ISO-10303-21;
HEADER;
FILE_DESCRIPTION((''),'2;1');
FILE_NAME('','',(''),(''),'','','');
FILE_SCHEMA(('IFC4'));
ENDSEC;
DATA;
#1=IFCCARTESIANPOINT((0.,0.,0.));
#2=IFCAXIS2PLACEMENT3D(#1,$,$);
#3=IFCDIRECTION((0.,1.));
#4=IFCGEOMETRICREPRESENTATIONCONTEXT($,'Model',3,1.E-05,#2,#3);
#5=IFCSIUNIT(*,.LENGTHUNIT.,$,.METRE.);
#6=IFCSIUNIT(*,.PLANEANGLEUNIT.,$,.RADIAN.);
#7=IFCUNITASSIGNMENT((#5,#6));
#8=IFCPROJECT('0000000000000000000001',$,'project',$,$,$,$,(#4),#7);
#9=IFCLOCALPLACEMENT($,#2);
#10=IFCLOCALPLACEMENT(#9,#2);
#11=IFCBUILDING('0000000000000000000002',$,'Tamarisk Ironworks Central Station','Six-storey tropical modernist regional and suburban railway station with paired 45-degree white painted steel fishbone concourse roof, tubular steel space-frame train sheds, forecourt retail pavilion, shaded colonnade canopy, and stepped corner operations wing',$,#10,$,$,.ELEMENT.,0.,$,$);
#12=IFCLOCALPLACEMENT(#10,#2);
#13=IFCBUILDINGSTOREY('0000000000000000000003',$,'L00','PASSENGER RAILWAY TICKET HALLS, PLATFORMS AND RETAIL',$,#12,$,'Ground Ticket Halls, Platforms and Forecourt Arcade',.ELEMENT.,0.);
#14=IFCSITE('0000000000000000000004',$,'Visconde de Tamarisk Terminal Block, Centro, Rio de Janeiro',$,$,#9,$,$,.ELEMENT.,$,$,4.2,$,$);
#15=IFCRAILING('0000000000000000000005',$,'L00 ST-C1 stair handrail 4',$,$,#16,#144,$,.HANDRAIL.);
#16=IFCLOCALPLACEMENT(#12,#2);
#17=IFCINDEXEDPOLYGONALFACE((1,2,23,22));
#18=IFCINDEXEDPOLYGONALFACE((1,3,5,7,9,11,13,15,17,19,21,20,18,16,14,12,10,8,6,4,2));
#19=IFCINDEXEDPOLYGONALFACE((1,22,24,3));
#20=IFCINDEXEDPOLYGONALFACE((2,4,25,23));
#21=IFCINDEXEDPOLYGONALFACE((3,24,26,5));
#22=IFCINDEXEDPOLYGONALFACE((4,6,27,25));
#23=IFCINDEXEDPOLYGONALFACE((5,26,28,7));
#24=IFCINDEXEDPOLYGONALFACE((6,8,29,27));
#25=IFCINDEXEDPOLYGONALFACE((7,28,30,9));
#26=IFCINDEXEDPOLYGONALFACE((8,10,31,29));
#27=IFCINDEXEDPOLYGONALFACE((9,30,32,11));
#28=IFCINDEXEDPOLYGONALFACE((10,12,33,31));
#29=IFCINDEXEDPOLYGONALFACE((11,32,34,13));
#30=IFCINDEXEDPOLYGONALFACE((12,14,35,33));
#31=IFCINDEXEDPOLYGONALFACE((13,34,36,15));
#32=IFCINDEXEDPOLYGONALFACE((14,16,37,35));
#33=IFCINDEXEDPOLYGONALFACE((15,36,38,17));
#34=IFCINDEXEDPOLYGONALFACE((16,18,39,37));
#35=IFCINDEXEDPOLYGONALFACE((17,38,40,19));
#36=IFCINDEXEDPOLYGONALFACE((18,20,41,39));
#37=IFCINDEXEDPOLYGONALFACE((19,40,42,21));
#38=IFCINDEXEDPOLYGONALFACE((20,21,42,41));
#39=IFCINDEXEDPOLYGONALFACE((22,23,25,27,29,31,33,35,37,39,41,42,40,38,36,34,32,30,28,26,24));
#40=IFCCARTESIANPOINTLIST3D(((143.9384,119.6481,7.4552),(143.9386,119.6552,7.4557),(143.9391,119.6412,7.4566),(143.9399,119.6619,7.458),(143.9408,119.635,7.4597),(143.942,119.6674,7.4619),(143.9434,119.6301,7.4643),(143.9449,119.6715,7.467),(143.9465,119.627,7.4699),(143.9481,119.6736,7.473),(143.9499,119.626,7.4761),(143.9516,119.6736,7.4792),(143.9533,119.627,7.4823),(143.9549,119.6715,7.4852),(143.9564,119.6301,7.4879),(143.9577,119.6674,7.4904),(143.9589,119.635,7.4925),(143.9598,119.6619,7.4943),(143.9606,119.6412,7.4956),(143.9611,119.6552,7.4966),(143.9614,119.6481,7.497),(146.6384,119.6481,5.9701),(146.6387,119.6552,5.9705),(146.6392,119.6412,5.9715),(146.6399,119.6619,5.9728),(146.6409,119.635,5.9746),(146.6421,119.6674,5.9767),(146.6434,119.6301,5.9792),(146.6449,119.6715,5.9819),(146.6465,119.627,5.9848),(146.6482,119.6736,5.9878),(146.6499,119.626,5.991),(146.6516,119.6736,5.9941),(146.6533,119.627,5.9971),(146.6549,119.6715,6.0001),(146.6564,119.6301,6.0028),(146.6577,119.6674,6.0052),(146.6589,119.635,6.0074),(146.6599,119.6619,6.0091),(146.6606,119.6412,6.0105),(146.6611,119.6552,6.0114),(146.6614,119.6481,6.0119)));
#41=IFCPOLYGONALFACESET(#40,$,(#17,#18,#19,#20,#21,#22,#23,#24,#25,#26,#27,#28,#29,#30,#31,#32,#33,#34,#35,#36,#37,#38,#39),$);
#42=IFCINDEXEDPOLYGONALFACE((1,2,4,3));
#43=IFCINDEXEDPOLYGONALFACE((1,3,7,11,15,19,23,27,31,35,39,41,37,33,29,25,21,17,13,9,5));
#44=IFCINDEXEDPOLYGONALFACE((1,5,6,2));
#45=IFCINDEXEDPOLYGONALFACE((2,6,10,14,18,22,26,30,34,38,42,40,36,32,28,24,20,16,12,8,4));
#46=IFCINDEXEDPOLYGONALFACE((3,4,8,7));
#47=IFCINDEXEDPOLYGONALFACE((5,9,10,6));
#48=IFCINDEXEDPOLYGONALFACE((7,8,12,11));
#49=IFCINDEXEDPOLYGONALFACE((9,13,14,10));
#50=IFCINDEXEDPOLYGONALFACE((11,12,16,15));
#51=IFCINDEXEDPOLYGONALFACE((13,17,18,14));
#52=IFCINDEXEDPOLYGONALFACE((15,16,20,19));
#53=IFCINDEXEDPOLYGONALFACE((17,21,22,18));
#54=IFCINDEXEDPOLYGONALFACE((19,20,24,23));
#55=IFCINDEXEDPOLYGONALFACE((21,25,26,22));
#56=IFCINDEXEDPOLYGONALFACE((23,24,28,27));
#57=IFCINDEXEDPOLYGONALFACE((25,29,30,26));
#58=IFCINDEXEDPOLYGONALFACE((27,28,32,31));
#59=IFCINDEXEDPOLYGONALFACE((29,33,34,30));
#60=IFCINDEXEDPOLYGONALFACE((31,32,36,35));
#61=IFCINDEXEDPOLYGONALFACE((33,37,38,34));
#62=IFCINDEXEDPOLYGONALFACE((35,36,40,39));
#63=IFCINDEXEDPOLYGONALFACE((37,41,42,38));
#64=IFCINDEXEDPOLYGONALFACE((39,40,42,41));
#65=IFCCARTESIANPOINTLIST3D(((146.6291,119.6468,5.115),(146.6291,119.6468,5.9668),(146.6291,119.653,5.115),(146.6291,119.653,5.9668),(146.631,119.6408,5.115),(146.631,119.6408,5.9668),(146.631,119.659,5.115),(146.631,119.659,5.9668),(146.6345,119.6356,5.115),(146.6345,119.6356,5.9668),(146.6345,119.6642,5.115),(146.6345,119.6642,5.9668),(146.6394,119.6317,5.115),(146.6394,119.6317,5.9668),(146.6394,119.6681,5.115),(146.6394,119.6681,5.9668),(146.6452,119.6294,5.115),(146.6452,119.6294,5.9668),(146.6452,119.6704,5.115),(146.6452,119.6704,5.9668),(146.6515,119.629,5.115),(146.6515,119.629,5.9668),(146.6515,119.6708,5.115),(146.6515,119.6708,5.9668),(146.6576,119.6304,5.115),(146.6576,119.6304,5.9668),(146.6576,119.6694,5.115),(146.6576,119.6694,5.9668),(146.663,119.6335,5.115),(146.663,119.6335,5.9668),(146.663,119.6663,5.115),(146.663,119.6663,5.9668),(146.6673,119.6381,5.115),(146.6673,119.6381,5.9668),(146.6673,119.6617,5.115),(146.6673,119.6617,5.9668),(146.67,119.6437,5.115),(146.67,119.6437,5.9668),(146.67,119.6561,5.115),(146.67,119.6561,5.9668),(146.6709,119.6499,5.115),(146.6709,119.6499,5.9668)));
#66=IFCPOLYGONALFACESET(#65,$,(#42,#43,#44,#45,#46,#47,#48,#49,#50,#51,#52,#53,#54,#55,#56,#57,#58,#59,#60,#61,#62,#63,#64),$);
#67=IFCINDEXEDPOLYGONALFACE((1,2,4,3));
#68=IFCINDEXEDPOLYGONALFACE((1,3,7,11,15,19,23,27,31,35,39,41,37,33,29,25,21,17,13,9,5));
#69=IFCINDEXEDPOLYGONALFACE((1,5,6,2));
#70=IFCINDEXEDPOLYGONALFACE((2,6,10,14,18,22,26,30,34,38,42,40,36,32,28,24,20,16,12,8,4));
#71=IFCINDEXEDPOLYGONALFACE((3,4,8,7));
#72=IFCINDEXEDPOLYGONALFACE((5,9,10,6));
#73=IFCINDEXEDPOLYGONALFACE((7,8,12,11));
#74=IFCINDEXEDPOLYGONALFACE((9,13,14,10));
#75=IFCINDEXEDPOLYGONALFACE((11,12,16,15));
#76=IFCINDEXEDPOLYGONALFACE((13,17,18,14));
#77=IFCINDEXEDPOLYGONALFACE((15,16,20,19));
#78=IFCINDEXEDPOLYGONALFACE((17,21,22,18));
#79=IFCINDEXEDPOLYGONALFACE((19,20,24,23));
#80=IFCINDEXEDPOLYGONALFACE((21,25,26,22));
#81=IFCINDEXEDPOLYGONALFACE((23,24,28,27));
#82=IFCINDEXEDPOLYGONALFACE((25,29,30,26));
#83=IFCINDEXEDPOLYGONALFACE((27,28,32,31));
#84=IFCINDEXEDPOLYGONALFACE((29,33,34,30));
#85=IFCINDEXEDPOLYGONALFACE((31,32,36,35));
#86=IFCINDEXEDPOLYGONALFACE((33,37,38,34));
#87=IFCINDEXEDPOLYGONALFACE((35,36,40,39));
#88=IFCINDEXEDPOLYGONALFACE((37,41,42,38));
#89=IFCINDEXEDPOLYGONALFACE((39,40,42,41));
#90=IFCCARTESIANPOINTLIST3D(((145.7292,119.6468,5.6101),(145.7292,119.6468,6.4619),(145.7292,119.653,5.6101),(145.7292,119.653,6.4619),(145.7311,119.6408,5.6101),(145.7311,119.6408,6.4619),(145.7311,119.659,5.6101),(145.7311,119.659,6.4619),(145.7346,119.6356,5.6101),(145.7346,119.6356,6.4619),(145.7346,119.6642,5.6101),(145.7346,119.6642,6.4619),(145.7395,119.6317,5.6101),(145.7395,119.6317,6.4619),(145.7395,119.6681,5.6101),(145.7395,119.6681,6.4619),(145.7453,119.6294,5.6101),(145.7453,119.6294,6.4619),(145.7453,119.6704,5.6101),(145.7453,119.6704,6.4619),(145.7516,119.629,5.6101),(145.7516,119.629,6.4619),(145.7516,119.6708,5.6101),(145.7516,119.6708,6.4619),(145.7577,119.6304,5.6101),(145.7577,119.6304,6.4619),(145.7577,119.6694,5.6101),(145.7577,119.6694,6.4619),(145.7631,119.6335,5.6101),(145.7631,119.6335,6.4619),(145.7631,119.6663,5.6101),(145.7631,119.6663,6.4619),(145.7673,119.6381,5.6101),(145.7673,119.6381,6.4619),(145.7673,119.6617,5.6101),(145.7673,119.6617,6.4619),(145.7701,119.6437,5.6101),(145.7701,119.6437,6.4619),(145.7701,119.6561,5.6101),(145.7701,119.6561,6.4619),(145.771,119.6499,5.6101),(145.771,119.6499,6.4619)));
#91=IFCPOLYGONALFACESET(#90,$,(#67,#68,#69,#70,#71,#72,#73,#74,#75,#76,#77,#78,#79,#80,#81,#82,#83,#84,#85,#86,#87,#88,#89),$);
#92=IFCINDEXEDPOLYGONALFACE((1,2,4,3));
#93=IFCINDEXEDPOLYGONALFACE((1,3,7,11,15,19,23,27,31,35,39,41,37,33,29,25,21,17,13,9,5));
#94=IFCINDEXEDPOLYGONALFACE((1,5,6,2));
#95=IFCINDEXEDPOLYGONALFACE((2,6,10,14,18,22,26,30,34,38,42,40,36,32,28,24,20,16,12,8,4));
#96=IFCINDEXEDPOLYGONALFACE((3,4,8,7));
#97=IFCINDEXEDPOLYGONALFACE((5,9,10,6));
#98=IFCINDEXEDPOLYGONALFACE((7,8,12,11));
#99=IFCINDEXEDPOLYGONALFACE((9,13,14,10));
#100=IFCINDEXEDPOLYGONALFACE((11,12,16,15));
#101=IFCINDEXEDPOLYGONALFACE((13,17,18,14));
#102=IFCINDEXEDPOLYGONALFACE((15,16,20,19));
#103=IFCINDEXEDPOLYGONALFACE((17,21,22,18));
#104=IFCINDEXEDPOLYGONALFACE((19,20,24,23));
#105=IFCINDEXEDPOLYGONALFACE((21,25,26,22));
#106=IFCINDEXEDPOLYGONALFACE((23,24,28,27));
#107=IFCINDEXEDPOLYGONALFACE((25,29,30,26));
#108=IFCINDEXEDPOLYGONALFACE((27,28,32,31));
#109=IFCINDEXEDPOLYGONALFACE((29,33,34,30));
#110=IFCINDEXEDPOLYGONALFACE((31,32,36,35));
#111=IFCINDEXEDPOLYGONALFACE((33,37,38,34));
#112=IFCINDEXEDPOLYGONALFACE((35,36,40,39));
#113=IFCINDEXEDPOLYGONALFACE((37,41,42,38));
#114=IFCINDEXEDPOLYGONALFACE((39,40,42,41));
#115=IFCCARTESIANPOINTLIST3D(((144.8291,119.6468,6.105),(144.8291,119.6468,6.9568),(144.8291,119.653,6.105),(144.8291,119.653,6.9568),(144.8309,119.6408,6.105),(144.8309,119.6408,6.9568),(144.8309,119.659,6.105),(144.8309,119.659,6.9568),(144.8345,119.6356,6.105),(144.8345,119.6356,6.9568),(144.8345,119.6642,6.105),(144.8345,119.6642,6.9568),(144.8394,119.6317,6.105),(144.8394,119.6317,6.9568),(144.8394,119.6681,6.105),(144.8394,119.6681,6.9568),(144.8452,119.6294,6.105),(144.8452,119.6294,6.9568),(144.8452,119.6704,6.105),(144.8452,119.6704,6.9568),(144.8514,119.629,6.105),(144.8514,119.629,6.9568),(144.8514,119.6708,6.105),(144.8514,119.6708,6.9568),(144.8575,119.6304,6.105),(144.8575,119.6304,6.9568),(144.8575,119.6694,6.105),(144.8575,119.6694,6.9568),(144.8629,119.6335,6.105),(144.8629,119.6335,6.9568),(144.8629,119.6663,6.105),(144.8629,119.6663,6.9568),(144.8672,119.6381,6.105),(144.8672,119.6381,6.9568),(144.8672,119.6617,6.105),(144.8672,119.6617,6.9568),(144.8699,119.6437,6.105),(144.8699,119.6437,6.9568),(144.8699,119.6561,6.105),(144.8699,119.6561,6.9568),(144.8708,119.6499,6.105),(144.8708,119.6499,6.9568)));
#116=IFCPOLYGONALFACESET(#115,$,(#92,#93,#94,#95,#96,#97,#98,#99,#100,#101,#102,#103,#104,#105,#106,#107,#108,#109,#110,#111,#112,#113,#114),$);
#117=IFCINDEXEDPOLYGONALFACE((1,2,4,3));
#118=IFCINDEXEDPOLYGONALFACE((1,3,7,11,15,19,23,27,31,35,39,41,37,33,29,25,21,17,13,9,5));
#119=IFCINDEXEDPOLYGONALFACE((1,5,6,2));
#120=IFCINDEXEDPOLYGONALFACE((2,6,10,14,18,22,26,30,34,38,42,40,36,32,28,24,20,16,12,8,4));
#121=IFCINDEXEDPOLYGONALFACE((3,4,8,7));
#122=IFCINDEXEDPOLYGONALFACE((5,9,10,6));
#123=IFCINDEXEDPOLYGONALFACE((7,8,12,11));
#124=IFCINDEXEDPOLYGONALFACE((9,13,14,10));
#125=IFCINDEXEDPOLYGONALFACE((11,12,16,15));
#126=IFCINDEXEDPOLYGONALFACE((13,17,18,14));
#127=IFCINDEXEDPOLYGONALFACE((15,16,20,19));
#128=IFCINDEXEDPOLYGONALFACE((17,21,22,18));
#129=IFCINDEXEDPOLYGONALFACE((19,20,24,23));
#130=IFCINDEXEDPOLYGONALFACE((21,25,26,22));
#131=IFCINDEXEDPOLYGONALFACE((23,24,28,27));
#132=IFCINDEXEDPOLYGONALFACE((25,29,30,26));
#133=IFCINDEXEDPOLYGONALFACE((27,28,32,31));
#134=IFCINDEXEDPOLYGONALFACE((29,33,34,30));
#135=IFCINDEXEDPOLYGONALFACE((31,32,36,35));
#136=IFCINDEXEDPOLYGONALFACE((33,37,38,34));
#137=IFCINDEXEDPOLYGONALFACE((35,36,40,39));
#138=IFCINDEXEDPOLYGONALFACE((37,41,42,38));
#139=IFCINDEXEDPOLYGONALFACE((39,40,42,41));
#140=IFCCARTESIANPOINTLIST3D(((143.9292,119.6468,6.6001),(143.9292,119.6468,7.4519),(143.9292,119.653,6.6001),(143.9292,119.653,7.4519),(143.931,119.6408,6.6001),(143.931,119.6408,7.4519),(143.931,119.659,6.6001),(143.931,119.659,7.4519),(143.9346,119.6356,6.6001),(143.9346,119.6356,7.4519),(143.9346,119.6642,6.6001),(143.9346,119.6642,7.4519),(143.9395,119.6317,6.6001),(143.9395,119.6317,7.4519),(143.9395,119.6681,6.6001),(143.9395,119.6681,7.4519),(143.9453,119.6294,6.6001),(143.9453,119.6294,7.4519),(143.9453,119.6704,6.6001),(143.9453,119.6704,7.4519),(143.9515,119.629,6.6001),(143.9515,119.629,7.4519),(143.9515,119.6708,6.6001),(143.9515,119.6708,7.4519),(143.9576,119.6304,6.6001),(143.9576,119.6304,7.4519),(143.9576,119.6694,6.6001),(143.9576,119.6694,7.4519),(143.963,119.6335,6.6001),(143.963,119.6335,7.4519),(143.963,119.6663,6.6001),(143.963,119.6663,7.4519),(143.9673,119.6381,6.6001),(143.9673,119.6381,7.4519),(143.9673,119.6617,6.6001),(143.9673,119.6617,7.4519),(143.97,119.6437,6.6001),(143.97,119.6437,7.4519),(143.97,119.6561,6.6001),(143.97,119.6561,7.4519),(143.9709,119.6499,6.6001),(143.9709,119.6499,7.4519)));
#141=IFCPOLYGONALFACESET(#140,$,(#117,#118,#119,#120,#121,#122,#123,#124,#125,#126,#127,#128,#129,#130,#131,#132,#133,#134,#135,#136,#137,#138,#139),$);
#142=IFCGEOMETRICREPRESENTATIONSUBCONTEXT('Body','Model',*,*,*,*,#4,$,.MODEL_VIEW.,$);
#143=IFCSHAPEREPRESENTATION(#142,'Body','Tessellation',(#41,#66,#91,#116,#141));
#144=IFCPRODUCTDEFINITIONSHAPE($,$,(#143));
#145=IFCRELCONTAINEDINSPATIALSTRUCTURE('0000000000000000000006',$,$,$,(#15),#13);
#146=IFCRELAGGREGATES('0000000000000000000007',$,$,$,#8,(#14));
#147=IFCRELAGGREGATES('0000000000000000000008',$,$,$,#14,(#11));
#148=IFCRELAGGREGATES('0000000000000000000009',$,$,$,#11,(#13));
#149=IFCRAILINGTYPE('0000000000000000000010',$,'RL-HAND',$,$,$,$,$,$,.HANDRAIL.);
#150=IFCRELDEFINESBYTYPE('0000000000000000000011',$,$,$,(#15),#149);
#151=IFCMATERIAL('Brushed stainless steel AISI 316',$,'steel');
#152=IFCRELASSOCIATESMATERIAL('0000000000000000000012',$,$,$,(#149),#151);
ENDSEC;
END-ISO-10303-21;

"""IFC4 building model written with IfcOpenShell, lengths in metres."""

from ifc_helpers import new_model, si_unit, direction, frame, origin, origin_2d, place, context, subcontext, project, spatial, circle, extrude, material, type_object, element, save


model = new_model("IFC4")

# Units and contexts
model_context = context("Model", 3, precision=1e-05, world=origin(), true_north=direction((0.0, 1.0)))
body_context = subcontext(model_context, "Body", "Model", "MODEL_VIEW")
ifc_project = project(units=[si_unit("LENGTHUNIT", "METRE"), si_unit("PLANEANGLEUNIT", "RADIAN")], contexts=[model_context])

# Site, building, storey
site_placement = place(None, origin())
site = spatial("IfcSite", under=ifc_project, at=site_placement, Name="Visconde de Tamarisk Terminal Block, Centro, Rio de Janeiro", CompositionType="ELEMENT", RefElevation=4.2)
building_placement = place(site_placement, origin())
building = spatial("IfcBuilding", under=site, at=building_placement, Name="Tamarisk Ironworks Central Station", Description="Six-storey tropical modernist regional and suburban railway station with paired 45-degree white painted steel fishbone concourse roof, tubular steel space-frame train sheds, forecourt retail pavilion, shaded colonnade canopy, and stepped corner operations wing", CompositionType="ELEMENT", ElevationOfRefHeight=0.0)
storey_placement = place(building_placement, origin())
storey = spatial("IfcBuildingStorey", under=building, at=storey_placement, Name="L00", Description="PASSENGER RAILWAY TICKET HALLS, PLATFORMS AND RETAIL", LongName="Ground Ticket Halls, Platforms and Forecourt Arcade", CompositionType="ELEMENT", Elevation=0.0)

# Railing
ifc_material_1 = material(Name="Brushed stainless steel AISI 316", Category="steel")
railing_type_1 = type_object("IfcRailingType", Name="RL-HAND", PredefinedType="HANDRAIL", material=ifc_material_1)
for number, where, name in (
    (1, (146.6499, 119.6499, 5.115), "L00 ST-C1 stair handrail 4"),
):
    element("IfcRailing", number, at=place(storey_placement, frame(where)), inside=storey, type_object=railing_type_1, Name=name, PredefinedType="HANDRAIL", context=body_context, shape_type="SweptSolid", body=[
        extrude(circle(Radius=0.0239, at=origin_2d()), frame((0.0, 0.0, 0.876), z_axis=(-0.876198, 0.0, 0.481952), x_axis=(0.0, -1.0, 0.0)), (0.0, 0.0, 1.0), 3.0815),
        extrude(circle(Radius=0.021, at=origin_2d()), origin(), (0.0, 0.0, 1.0), 0.8518),
        extrude(circle(Radius=0.021, at=origin_2d()), frame((-0.8999, 0.0, 0.4951)), (0.0, 0.0, 1.0), 0.8518),
        extrude(circle(Radius=0.021, at=origin_2d()), frame((-1.8, 0.0, 0.99)), (0.0, 0.0, 1.0), 0.8518),
        extrude(circle(Radius=0.021, at=origin_2d()), frame((-2.7, 0.0, 1.4851)), (0.0, 0.0, 1.0), 0.8518),
    ])

save(model, "model.ifc")
